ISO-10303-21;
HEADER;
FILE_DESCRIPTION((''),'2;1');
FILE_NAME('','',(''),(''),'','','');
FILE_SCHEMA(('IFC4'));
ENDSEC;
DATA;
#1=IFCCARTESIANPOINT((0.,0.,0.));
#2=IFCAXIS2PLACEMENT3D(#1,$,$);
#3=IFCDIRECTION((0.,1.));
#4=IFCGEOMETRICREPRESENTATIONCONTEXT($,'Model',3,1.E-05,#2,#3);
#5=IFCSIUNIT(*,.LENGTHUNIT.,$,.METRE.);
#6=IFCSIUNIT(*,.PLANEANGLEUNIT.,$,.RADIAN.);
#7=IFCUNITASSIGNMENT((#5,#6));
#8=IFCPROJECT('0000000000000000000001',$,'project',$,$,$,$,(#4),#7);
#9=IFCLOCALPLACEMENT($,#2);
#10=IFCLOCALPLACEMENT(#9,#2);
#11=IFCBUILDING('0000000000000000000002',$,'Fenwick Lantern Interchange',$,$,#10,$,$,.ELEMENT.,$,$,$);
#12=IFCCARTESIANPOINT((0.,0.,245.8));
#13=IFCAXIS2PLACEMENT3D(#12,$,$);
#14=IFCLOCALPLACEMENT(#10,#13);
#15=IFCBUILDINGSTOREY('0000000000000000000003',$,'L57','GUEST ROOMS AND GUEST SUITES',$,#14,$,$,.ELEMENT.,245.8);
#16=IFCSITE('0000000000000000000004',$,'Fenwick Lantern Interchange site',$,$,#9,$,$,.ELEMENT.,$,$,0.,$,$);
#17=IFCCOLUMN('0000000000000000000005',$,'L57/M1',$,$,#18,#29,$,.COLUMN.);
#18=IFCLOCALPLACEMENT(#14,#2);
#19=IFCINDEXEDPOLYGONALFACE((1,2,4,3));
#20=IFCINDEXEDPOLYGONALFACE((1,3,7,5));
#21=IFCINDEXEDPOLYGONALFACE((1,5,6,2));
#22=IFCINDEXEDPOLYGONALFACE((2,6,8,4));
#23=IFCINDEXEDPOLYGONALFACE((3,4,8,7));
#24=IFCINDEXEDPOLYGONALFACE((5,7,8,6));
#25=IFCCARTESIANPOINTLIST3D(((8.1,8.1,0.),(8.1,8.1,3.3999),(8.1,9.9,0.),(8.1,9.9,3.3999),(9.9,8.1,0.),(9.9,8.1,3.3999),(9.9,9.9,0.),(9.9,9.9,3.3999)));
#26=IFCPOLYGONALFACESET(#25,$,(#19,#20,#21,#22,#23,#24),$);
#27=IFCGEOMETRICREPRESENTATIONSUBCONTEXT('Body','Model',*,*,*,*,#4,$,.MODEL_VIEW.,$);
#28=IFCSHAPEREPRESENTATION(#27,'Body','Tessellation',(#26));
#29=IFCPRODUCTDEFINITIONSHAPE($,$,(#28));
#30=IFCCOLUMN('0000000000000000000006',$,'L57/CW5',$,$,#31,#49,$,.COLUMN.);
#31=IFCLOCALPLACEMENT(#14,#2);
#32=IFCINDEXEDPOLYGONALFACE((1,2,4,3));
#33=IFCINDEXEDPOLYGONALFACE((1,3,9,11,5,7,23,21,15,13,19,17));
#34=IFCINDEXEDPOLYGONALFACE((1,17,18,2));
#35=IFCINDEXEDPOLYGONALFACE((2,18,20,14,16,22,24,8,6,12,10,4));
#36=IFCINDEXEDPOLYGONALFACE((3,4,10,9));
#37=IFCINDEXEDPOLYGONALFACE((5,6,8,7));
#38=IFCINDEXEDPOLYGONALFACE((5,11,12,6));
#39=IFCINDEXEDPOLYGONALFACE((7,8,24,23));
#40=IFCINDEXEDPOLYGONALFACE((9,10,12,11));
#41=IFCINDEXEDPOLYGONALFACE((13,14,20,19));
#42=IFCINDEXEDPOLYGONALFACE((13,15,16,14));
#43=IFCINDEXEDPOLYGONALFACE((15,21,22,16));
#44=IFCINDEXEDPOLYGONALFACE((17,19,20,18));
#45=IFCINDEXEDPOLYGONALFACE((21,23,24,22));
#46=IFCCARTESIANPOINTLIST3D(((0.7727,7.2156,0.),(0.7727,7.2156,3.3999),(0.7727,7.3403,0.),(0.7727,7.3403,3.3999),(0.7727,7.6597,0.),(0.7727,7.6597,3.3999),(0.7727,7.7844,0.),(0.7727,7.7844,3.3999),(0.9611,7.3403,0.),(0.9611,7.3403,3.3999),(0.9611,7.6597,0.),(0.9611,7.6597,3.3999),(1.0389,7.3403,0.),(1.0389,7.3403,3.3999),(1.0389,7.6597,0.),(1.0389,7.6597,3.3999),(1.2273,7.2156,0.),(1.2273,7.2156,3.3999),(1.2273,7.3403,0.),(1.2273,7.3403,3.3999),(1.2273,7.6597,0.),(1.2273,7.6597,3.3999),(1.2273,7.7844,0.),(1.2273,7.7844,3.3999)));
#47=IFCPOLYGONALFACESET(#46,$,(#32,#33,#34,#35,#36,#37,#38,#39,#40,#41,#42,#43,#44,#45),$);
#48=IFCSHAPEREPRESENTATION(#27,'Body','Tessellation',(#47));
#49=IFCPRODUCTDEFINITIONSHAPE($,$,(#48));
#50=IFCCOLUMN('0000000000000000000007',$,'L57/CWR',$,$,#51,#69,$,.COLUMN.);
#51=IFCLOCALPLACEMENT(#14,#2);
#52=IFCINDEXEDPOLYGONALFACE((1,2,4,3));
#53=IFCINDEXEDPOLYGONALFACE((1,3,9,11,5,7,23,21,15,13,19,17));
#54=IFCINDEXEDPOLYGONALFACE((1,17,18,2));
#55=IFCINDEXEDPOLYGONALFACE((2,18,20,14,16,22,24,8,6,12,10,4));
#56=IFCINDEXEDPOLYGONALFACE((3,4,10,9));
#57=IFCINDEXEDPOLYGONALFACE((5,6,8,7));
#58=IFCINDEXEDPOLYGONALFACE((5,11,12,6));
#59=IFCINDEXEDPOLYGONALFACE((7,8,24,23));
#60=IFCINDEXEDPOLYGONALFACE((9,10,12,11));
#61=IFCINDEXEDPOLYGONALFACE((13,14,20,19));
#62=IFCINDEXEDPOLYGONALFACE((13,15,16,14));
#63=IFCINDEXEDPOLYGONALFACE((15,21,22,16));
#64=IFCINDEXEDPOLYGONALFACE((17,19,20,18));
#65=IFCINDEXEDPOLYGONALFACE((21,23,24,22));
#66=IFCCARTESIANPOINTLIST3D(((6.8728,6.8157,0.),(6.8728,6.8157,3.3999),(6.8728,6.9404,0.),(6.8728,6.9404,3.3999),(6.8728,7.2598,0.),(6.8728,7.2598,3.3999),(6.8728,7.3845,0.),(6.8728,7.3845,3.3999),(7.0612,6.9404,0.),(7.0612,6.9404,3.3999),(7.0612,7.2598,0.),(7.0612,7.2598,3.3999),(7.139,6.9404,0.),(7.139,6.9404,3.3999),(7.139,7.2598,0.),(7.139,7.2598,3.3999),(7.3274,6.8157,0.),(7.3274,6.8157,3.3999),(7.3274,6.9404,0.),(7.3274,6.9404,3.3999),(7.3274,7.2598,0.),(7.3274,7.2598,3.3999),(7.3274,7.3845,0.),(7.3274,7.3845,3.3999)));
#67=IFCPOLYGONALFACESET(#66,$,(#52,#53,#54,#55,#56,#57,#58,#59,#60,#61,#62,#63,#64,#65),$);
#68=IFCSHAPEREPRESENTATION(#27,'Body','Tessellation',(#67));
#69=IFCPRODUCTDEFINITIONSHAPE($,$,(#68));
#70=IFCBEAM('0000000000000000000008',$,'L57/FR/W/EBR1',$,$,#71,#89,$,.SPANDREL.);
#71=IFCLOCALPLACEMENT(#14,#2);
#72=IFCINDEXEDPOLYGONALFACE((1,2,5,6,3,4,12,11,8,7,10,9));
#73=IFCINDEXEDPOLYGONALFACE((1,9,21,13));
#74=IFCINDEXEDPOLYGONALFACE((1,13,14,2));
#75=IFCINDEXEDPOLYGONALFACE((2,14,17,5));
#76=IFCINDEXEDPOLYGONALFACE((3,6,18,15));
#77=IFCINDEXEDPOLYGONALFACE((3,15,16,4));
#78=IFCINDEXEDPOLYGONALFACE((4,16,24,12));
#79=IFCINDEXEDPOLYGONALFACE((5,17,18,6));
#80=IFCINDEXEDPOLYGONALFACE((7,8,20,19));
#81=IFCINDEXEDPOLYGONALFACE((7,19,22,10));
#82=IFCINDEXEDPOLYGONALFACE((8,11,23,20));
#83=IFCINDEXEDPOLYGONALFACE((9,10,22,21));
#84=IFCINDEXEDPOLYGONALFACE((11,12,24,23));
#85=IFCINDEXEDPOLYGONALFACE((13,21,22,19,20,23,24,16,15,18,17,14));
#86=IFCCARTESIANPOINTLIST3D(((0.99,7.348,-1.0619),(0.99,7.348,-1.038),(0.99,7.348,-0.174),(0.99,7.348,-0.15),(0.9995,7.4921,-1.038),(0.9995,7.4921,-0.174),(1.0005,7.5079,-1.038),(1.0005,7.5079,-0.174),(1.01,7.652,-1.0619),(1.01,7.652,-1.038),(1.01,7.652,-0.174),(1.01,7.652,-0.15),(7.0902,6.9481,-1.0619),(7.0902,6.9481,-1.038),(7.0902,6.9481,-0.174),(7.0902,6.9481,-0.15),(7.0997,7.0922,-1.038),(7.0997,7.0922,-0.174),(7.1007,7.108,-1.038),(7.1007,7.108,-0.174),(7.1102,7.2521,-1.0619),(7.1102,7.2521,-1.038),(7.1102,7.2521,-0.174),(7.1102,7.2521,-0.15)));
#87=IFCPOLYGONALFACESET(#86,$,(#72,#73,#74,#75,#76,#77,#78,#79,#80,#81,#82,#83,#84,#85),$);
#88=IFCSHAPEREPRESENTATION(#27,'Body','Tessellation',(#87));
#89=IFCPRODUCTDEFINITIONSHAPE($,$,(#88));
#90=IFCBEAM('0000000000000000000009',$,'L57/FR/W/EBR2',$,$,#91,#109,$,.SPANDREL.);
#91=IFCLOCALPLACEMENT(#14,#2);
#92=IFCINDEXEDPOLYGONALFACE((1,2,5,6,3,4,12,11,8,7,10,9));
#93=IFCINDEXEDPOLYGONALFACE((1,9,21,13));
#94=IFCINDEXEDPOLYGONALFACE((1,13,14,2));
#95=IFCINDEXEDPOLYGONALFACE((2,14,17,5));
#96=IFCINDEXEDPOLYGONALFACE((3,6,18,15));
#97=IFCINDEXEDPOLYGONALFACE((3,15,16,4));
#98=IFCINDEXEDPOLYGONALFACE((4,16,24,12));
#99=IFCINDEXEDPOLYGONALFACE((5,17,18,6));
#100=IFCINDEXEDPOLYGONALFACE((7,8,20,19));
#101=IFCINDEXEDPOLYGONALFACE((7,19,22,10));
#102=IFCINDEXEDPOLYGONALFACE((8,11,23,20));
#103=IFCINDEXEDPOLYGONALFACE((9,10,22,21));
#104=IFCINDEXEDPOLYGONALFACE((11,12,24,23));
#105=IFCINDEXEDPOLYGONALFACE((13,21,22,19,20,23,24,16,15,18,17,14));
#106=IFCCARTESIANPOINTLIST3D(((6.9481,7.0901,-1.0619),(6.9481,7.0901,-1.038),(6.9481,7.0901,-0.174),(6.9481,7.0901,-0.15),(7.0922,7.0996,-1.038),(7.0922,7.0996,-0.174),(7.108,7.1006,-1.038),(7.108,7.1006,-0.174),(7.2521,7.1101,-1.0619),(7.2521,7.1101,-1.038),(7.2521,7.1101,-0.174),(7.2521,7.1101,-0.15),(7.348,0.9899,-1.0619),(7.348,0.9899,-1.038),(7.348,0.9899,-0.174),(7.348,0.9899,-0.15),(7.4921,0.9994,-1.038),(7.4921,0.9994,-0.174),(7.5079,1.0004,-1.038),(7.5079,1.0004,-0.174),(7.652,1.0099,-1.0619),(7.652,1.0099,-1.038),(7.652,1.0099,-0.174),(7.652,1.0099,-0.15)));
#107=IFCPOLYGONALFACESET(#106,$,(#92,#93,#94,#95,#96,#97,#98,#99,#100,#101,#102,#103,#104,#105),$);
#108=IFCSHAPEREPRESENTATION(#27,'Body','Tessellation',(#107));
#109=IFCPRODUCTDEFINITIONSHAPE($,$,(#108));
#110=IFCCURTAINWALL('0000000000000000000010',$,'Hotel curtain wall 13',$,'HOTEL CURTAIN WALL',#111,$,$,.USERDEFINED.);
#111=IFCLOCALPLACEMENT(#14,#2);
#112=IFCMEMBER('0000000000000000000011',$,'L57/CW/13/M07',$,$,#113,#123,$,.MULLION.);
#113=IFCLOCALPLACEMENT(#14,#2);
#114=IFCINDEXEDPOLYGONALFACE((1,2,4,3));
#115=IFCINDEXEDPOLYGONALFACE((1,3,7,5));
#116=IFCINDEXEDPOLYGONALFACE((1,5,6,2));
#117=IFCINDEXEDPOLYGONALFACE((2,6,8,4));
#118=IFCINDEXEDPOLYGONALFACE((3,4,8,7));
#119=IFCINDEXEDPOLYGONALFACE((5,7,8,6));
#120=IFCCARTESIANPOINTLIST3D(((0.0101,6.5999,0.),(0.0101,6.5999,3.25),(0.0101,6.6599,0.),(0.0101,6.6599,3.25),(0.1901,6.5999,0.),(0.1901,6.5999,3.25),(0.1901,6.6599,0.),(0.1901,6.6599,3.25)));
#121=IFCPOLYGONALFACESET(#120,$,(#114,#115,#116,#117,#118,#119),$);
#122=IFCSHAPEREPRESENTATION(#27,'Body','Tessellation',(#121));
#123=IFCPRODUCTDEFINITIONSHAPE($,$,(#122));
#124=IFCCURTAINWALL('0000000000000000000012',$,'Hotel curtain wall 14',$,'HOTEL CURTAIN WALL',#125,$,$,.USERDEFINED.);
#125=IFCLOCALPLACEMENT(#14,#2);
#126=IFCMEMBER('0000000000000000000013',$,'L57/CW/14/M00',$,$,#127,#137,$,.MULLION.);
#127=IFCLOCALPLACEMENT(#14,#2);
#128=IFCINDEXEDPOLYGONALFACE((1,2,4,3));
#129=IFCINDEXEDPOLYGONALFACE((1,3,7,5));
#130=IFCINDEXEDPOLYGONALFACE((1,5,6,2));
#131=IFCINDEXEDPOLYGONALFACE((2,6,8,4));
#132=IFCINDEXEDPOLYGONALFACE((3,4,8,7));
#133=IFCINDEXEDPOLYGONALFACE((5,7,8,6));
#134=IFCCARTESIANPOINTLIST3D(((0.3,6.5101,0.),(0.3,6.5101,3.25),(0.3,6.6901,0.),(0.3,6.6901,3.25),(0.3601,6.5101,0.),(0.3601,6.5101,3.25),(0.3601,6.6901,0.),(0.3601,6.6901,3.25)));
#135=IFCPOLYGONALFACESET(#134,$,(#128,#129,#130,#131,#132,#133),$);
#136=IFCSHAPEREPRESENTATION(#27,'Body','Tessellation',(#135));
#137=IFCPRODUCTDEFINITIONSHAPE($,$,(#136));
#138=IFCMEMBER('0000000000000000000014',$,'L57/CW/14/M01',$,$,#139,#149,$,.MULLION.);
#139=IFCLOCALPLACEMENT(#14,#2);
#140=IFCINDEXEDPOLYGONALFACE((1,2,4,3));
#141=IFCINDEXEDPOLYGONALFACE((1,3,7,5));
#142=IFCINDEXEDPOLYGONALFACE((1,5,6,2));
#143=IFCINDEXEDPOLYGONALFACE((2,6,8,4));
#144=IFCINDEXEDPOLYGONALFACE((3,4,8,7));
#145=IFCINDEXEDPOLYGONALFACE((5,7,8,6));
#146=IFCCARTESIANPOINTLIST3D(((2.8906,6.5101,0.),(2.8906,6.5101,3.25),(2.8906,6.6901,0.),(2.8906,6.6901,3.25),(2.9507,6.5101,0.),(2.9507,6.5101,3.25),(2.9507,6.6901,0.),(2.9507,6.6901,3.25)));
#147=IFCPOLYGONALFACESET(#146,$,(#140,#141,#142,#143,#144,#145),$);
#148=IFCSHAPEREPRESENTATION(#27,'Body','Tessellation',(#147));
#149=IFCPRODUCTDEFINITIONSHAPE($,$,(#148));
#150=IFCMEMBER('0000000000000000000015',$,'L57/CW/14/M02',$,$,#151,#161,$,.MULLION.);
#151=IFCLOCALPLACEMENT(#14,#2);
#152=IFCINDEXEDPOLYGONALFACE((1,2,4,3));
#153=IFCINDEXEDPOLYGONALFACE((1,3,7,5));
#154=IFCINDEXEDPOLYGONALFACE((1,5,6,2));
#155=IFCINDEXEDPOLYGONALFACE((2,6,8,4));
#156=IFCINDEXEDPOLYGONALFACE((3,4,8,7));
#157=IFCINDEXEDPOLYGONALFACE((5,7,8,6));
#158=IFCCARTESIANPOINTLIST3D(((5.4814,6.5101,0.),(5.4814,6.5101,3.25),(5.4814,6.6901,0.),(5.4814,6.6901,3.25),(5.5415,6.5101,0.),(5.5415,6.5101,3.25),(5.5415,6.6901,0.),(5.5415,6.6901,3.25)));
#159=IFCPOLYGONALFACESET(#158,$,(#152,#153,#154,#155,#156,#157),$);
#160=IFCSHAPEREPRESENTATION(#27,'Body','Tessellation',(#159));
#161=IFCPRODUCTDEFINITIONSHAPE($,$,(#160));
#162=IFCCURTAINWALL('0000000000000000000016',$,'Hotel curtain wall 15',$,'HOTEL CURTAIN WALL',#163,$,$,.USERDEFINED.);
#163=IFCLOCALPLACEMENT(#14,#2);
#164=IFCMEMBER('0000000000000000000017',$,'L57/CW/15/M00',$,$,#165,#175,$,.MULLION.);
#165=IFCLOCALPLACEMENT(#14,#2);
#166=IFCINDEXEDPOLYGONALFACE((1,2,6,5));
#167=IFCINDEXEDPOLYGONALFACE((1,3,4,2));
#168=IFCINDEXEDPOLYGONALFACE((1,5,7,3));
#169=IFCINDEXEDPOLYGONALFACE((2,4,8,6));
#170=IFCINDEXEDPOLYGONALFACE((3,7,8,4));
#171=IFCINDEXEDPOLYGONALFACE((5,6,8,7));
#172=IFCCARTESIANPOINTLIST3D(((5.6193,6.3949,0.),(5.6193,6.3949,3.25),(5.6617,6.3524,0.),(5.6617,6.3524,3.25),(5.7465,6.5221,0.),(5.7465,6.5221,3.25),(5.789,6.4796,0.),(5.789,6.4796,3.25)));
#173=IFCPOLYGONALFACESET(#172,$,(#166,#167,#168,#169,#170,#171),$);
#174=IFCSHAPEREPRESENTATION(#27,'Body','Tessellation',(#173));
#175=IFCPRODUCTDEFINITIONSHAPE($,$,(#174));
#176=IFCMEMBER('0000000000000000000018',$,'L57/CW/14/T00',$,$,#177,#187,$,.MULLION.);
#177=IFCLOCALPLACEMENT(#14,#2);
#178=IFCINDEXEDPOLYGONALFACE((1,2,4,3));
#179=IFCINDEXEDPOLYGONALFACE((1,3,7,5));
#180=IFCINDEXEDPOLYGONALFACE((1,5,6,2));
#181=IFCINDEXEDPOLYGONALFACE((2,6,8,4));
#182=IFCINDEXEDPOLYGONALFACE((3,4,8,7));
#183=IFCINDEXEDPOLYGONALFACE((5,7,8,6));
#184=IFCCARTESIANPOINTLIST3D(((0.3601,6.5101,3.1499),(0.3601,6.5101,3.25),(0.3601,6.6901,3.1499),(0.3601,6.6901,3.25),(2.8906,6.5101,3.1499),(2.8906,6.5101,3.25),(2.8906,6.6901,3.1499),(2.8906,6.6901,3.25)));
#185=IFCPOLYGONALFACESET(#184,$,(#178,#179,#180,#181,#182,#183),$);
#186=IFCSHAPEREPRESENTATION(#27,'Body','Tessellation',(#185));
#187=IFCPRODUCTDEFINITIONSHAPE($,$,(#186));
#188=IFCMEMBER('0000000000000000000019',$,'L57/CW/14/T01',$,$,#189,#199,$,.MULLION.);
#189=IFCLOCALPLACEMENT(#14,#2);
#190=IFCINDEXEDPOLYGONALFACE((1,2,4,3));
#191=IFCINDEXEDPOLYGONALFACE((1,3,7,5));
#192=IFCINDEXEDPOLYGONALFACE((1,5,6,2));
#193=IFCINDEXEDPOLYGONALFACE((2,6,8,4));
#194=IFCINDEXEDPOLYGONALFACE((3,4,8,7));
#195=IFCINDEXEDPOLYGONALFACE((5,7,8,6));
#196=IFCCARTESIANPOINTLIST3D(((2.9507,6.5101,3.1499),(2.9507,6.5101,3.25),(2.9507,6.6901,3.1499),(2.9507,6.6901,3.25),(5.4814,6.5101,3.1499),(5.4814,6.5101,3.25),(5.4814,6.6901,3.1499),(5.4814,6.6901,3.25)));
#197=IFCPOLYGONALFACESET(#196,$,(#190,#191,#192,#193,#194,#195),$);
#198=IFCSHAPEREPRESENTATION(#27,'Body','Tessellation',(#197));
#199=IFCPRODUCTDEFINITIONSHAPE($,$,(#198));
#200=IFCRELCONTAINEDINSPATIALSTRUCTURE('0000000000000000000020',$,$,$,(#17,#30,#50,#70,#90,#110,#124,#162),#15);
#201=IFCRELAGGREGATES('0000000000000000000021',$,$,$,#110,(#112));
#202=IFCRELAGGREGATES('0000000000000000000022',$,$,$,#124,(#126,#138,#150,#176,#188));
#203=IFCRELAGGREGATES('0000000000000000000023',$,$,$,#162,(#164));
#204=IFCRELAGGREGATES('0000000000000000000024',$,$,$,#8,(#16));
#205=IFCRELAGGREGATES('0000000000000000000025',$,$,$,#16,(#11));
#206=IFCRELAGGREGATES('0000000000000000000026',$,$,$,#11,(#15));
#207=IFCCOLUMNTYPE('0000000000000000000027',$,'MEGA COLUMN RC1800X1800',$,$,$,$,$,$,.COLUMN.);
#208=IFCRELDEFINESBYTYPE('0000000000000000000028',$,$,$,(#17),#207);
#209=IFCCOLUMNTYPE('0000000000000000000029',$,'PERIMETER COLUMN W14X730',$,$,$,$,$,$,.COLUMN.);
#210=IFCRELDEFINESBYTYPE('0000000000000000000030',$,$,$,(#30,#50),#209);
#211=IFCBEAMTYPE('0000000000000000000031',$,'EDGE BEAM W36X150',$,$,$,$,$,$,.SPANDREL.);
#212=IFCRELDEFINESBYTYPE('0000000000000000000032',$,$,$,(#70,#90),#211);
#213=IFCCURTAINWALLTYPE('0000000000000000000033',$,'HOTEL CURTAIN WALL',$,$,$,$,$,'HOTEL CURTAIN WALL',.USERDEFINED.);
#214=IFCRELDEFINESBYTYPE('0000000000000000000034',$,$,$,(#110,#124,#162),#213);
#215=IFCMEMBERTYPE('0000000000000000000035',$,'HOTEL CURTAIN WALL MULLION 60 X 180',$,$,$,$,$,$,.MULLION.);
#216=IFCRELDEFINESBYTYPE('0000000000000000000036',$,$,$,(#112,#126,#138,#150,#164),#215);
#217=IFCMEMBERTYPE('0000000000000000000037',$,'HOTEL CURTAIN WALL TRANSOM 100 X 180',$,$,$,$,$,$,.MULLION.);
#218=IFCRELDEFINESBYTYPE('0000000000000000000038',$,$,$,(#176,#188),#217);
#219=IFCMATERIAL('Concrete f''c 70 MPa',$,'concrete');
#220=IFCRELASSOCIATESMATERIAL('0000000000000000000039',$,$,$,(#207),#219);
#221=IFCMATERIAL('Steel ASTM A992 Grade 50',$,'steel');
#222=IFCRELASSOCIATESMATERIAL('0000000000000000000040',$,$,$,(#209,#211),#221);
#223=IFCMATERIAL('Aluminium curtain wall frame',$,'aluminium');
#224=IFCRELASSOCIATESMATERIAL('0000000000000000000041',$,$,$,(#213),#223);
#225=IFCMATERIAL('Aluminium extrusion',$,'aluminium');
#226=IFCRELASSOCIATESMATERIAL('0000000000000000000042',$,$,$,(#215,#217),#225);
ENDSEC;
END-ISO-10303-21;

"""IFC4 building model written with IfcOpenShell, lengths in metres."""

from ifc_helpers import new_model, si_unit, direction, frame, origin, origin_2d, place, context, subcontext, project, spatial, rectangle, i_section, extrude, material, material_profile, profile_set, type_object, element, aggregate, save


model = new_model("IFC4")

# Units and contexts
model_context = context("Model", 3, precision=1e-05, world=origin(), true_north=direction((0.0, 1.0)))
body_context = subcontext(model_context, "Body", "Model", "MODEL_VIEW")
ifc_project = project(units=[si_unit("LENGTHUNIT", "METRE"), si_unit("PLANEANGLEUNIT", "RADIAN")], contexts=[model_context])

# Site, building, storey
site_placement = place(None, origin())
site = spatial("IfcSite", under=ifc_project, at=site_placement, Name="Fenwick Lantern Interchange site", CompositionType="ELEMENT", RefElevation=0.0)
building_placement = place(site_placement, origin())
building = spatial("IfcBuilding", under=site, at=building_placement, Name="Fenwick Lantern Interchange", CompositionType="ELEMENT")
storey_placement = place(building_placement, frame((0.0, 0.0, 245.8)))
storey = spatial("IfcBuildingStorey", under=building, at=storey_placement, Name="L57", Description="GUEST ROOMS AND GUEST SUITES", CompositionType="ELEMENT", Elevation=245.8)

# Columns
ifc_material_1 = material(Name="Concrete f'c 70 MPa", Category="concrete")
ifc_material_profile_1 = material_profile(ifc_material_1, rectangle(XDim=1.8, YDim=1.8, at=origin_2d()), Name="RC1800X1800")
ifc_profile_set_1 = profile_set([ifc_material_profile_1], Name="Concrete f'c 70 MPa")
column_type_1 = type_object("IfcColumnType", Name="MEGA COLUMN RC1800X1800", PredefinedType="COLUMN", material=ifc_profile_set_1)
column_placement = place(storey_placement, frame((9.0, 9.0, 0.0), z_axis=(0.0, 0.0, 1.0), x_axis=(1.0, 0.0, 0.0)))
element("IfcColumn", 1, at=column_placement, inside=storey, type_object=column_type_1, Name="L57/M1", PredefinedType="COLUMN", context=body_context, shape_type="SweptSolid", body=[
    extrude(rectangle(XDim=1.8, YDim=1.8, at=origin_2d()), origin(), (0.0, 0.0, 1.0), 3.3999),
])
ifc_material_2 = material(Name="Steel ASTM A992 Grade 50", Category="steel")
ifc_material_profile_2 = material_profile(ifc_material_2, i_section(OverallWidth=0.4546, OverallDepth=0.5688, WebThickness=0.0779, FlangeThickness=0.1248, at=origin_2d()), Name="W14X730")
ifc_profile_set_2 = profile_set([ifc_material_profile_2], Name="Steel ASTM A992 Grade 50")
column_type_2 = type_object("IfcColumnType", Name="PERIMETER COLUMN W14X730", PredefinedType="COLUMN", material=ifc_profile_set_2)
for number, where, z_axis, x_axis, name in (
    (2, (1.0, 7.5, 0.0), (0.0, 0.0, 1.0), (1.0, 0.0, 0.0), "L57/CW5"),
    (3, (7.1001, 7.1001, 0.0), (0.0, 0.0, 1.0), (1.0, 0.0, 0.0), "L57/CWR"),
):
    element("IfcColumn", number, at=place(storey_placement, frame(where, z_axis=z_axis, x_axis=x_axis)), inside=storey, type_object=column_type_2, Name=name, PredefinedType="COLUMN", context=body_context, shape_type="SweptSolid", body=[
        extrude(i_section(OverallWidth=0.4546, OverallDepth=0.5688, WebThickness=0.0779, FlangeThickness=0.1248, at=origin_2d()), origin(), (0.0, 0.0, 1.0), 3.3999),
    ])

# Beams
ifc_material_profile_3 = material_profile(ifc_material_2, i_section(OverallWidth=0.3047, OverallDepth=0.9119, WebThickness=0.0159, FlangeThickness=0.0239, at=origin_2d()), Name="W36X150")
ifc_profile_set_3 = profile_set([ifc_material_profile_3], Name="Steel ASTM A992 Grade 50")
beam_type_1 = type_object("IfcBeamType", Name="EDGE BEAM W36X150", PredefinedType="SPANDREL", material=ifc_profile_set_3)
for number, where, z_axis, x_axis, name in (
    (4, (1.0, 7.5, -0.606), (0.997858, -0.065416, 0.0), (0.065416, 0.997858, 0.0), "L57/FR/W/EBR1"),
    (5, (7.1001, 7.1001, -0.606), (0.065416, -0.997858, 0.0), (0.997858, 0.065416, 0.0), "L57/FR/W/EBR2"),
):
    element("IfcBeam", number, at=place(storey_placement, frame(where, z_axis=z_axis, x_axis=x_axis)), inside=storey, type_object=beam_type_1, Name=name, PredefinedType="SPANDREL", context=body_context, shape_type="SweptSolid", body=[
        extrude(i_section(OverallWidth=0.3047, OverallDepth=0.9119, WebThickness=0.0159, FlangeThickness=0.0239, at=origin_2d()), origin(), (0.0, 0.0, 1.0), 6.1133),
    ])

# Curtain wall, member
ifc_material_3 = material(Name="Aluminium curtain wall frame", Category="aluminium")
curtain_wall_type = type_object("IfcCurtainWallType", Name="HOTEL CURTAIN WALL", ElementType="HOTEL CURTAIN WALL", PredefinedType="USERDEFINED", material=ifc_material_3)
curtain_wall_1_placement = place(storey_placement, origin())
curtain_wall_1 = element("IfcCurtainWall", 6, at=curtain_wall_1_placement, inside=storey, type_object=curtain_wall_type, Name="Hotel curtain wall 13", ObjectType="HOTEL CURTAIN WALL", PredefinedType="USERDEFINED")
ifc_material_4 = material(Name="Aluminium extrusion", Category="aluminium")
ifc_material_profile_4 = material_profile(ifc_material_4, rectangle(XDim=0.1799, YDim=0.0601, at=origin_2d()), Name="HOTEL CURTAIN WALL MULLION 60 X 180")
ifc_profile_set_4 = profile_set([ifc_material_profile_4], Name="Aluminium extrusion")
member_type_1 = type_object("IfcMemberType", Name="HOTEL CURTAIN WALL MULLION 60 X 180", PredefinedType="MULLION", material=ifc_profile_set_4)
member_1_placement = place(storey_placement, frame((0.1001, 6.6299, 0.0), z_axis=(0.0, 0.0, 1.0), x_axis=(1.0, 0.0, 0.0)))
member_1 = element("IfcMember", 7, at=member_1_placement, type_object=member_type_1, Name="L57/CW/13/M07", PredefinedType="MULLION", context=body_context, shape_type="SweptSolid", body=[
    extrude(rectangle(XDim=0.1799, YDim=0.0601, at=origin_2d()), origin(), (0.0, 0.0, 1.0), 3.25),
])
aggregate(curtain_wall_1, [member_1])

# Curtain wall, members
curtain_wall_2_placement = place(storey_placement, origin())
curtain_wall_2 = element("IfcCurtainWall", 8, at=curtain_wall_2_placement, inside=storey, type_object=curtain_wall_type, Name="Hotel curtain wall 14", ObjectType="HOTEL CURTAIN WALL", PredefinedType="USERDEFINED")
member_2_placement = place(storey_placement, frame((0.3301, 6.6001, 0.0), z_axis=(0.0, 0.0, 1.0), x_axis=(0.0, 1.0, 0.0)))
member_2 = element("IfcMember", 9, at=member_2_placement, type_object=member_type_1, Name="L57/CW/14/M00", PredefinedType="MULLION", context=body_context, shape_type="SweptSolid", body=[
    extrude(rectangle(XDim=0.1799, YDim=0.0601, at=origin_2d()), origin(), (0.0, 0.0, 1.0), 3.25),
])
member_3_placement = place(storey_placement, frame((2.9207, 6.6001, 0.0), z_axis=(0.0, 0.0, 1.0), x_axis=(0.0, 1.0, 0.0)))
member_3 = element("IfcMember", 10, at=member_3_placement, type_object=member_type_1, Name="L57/CW/14/M01", PredefinedType="MULLION", context=body_context, shape_type="SweptSolid", body=[
    extrude(rectangle(XDim=0.1799, YDim=0.0601, at=origin_2d()), origin(), (0.0, 0.0, 1.0), 3.25),
])
member_4_placement = place(storey_placement, frame((5.5115, 6.6001, 0.0), z_axis=(0.0, 0.0, 1.0), x_axis=(0.0, 1.0, 0.0)))
member_4 = element("IfcMember", 11, at=member_4_placement, type_object=member_type_1, Name="L57/CW/14/M02", PredefinedType="MULLION", context=body_context, shape_type="SweptSolid", body=[
    extrude(rectangle(XDim=0.1799, YDim=0.0601, at=origin_2d()), origin(), (0.0, 0.0, 1.0), 3.25),
])

# Curtain wall, member
curtain_wall_3_placement = place(storey_placement, origin())
curtain_wall_3 = element("IfcCurtainWall", 12, at=curtain_wall_3_placement, inside=storey, type_object=curtain_wall_type, Name="Hotel curtain wall 15", ObjectType="HOTEL CURTAIN WALL", PredefinedType="USERDEFINED")
member_5_placement = place(storey_placement, frame((5.7041, 6.4373, 0.0), z_axis=(0.0, 0.0, 1.0), x_axis=(0.707107, 0.707107, 0.0)))
member_5 = element("IfcMember", 13, at=member_5_placement, type_object=member_type_1, Name="L57/CW/15/M00", PredefinedType="MULLION", context=body_context, shape_type="SweptSolid", body=[
    extrude(rectangle(XDim=0.1799, YDim=0.0601, at=origin_2d()), origin(), (0.0, 0.0, 1.0), 3.25),
])

# Members
ifc_material_profile_5 = material_profile(ifc_material_4, rectangle(XDim=0.1799, YDim=0.1001, at=origin_2d()), Name="HOTEL CURTAIN WALL TRANSOM 100 X 180")
ifc_profile_set_5 = profile_set([ifc_material_profile_5], Name="Aluminium extrusion")
member_type_2 = type_object("IfcMemberType", Name="HOTEL CURTAIN WALL TRANSOM 100 X 180", PredefinedType="MULLION", material=ifc_profile_set_5)
member_6_placement = place(storey_placement, frame((0.3601, 6.6001, 3.2), z_axis=(1.0, 0.0, 0.0), x_axis=(0.0, 1.0, 0.0)))
member_6 = element("IfcMember", 14, at=member_6_placement, type_object=member_type_2, Name="L57/CW/14/T00", PredefinedType="MULLION", context=body_context, shape_type="SweptSolid", body=[
    extrude(rectangle(XDim=0.1799, YDim=0.1001, at=origin_2d()), origin(), (0.0, 0.0, 1.0), 2.5305),
])
member_7_placement = place(storey_placement, frame((2.9507, 6.6001, 3.2), z_axis=(1.0, 0.0, 0.0), x_axis=(0.0, 1.0, 0.0)))
member_7 = element("IfcMember", 15, at=member_7_placement, type_object=member_type_2, Name="L57/CW/14/T01", PredefinedType="MULLION", context=body_context, shape_type="SweptSolid", body=[
    extrude(rectangle(XDim=0.1799, YDim=0.1001, at=origin_2d()), origin(), (0.0, 0.0, 1.0), 2.5308),
])

aggregate(curtain_wall_2, [member_2, member_3, member_4, member_6, member_7])
aggregate(curtain_wall_3, [member_5])

save(model, "model.ifc")
